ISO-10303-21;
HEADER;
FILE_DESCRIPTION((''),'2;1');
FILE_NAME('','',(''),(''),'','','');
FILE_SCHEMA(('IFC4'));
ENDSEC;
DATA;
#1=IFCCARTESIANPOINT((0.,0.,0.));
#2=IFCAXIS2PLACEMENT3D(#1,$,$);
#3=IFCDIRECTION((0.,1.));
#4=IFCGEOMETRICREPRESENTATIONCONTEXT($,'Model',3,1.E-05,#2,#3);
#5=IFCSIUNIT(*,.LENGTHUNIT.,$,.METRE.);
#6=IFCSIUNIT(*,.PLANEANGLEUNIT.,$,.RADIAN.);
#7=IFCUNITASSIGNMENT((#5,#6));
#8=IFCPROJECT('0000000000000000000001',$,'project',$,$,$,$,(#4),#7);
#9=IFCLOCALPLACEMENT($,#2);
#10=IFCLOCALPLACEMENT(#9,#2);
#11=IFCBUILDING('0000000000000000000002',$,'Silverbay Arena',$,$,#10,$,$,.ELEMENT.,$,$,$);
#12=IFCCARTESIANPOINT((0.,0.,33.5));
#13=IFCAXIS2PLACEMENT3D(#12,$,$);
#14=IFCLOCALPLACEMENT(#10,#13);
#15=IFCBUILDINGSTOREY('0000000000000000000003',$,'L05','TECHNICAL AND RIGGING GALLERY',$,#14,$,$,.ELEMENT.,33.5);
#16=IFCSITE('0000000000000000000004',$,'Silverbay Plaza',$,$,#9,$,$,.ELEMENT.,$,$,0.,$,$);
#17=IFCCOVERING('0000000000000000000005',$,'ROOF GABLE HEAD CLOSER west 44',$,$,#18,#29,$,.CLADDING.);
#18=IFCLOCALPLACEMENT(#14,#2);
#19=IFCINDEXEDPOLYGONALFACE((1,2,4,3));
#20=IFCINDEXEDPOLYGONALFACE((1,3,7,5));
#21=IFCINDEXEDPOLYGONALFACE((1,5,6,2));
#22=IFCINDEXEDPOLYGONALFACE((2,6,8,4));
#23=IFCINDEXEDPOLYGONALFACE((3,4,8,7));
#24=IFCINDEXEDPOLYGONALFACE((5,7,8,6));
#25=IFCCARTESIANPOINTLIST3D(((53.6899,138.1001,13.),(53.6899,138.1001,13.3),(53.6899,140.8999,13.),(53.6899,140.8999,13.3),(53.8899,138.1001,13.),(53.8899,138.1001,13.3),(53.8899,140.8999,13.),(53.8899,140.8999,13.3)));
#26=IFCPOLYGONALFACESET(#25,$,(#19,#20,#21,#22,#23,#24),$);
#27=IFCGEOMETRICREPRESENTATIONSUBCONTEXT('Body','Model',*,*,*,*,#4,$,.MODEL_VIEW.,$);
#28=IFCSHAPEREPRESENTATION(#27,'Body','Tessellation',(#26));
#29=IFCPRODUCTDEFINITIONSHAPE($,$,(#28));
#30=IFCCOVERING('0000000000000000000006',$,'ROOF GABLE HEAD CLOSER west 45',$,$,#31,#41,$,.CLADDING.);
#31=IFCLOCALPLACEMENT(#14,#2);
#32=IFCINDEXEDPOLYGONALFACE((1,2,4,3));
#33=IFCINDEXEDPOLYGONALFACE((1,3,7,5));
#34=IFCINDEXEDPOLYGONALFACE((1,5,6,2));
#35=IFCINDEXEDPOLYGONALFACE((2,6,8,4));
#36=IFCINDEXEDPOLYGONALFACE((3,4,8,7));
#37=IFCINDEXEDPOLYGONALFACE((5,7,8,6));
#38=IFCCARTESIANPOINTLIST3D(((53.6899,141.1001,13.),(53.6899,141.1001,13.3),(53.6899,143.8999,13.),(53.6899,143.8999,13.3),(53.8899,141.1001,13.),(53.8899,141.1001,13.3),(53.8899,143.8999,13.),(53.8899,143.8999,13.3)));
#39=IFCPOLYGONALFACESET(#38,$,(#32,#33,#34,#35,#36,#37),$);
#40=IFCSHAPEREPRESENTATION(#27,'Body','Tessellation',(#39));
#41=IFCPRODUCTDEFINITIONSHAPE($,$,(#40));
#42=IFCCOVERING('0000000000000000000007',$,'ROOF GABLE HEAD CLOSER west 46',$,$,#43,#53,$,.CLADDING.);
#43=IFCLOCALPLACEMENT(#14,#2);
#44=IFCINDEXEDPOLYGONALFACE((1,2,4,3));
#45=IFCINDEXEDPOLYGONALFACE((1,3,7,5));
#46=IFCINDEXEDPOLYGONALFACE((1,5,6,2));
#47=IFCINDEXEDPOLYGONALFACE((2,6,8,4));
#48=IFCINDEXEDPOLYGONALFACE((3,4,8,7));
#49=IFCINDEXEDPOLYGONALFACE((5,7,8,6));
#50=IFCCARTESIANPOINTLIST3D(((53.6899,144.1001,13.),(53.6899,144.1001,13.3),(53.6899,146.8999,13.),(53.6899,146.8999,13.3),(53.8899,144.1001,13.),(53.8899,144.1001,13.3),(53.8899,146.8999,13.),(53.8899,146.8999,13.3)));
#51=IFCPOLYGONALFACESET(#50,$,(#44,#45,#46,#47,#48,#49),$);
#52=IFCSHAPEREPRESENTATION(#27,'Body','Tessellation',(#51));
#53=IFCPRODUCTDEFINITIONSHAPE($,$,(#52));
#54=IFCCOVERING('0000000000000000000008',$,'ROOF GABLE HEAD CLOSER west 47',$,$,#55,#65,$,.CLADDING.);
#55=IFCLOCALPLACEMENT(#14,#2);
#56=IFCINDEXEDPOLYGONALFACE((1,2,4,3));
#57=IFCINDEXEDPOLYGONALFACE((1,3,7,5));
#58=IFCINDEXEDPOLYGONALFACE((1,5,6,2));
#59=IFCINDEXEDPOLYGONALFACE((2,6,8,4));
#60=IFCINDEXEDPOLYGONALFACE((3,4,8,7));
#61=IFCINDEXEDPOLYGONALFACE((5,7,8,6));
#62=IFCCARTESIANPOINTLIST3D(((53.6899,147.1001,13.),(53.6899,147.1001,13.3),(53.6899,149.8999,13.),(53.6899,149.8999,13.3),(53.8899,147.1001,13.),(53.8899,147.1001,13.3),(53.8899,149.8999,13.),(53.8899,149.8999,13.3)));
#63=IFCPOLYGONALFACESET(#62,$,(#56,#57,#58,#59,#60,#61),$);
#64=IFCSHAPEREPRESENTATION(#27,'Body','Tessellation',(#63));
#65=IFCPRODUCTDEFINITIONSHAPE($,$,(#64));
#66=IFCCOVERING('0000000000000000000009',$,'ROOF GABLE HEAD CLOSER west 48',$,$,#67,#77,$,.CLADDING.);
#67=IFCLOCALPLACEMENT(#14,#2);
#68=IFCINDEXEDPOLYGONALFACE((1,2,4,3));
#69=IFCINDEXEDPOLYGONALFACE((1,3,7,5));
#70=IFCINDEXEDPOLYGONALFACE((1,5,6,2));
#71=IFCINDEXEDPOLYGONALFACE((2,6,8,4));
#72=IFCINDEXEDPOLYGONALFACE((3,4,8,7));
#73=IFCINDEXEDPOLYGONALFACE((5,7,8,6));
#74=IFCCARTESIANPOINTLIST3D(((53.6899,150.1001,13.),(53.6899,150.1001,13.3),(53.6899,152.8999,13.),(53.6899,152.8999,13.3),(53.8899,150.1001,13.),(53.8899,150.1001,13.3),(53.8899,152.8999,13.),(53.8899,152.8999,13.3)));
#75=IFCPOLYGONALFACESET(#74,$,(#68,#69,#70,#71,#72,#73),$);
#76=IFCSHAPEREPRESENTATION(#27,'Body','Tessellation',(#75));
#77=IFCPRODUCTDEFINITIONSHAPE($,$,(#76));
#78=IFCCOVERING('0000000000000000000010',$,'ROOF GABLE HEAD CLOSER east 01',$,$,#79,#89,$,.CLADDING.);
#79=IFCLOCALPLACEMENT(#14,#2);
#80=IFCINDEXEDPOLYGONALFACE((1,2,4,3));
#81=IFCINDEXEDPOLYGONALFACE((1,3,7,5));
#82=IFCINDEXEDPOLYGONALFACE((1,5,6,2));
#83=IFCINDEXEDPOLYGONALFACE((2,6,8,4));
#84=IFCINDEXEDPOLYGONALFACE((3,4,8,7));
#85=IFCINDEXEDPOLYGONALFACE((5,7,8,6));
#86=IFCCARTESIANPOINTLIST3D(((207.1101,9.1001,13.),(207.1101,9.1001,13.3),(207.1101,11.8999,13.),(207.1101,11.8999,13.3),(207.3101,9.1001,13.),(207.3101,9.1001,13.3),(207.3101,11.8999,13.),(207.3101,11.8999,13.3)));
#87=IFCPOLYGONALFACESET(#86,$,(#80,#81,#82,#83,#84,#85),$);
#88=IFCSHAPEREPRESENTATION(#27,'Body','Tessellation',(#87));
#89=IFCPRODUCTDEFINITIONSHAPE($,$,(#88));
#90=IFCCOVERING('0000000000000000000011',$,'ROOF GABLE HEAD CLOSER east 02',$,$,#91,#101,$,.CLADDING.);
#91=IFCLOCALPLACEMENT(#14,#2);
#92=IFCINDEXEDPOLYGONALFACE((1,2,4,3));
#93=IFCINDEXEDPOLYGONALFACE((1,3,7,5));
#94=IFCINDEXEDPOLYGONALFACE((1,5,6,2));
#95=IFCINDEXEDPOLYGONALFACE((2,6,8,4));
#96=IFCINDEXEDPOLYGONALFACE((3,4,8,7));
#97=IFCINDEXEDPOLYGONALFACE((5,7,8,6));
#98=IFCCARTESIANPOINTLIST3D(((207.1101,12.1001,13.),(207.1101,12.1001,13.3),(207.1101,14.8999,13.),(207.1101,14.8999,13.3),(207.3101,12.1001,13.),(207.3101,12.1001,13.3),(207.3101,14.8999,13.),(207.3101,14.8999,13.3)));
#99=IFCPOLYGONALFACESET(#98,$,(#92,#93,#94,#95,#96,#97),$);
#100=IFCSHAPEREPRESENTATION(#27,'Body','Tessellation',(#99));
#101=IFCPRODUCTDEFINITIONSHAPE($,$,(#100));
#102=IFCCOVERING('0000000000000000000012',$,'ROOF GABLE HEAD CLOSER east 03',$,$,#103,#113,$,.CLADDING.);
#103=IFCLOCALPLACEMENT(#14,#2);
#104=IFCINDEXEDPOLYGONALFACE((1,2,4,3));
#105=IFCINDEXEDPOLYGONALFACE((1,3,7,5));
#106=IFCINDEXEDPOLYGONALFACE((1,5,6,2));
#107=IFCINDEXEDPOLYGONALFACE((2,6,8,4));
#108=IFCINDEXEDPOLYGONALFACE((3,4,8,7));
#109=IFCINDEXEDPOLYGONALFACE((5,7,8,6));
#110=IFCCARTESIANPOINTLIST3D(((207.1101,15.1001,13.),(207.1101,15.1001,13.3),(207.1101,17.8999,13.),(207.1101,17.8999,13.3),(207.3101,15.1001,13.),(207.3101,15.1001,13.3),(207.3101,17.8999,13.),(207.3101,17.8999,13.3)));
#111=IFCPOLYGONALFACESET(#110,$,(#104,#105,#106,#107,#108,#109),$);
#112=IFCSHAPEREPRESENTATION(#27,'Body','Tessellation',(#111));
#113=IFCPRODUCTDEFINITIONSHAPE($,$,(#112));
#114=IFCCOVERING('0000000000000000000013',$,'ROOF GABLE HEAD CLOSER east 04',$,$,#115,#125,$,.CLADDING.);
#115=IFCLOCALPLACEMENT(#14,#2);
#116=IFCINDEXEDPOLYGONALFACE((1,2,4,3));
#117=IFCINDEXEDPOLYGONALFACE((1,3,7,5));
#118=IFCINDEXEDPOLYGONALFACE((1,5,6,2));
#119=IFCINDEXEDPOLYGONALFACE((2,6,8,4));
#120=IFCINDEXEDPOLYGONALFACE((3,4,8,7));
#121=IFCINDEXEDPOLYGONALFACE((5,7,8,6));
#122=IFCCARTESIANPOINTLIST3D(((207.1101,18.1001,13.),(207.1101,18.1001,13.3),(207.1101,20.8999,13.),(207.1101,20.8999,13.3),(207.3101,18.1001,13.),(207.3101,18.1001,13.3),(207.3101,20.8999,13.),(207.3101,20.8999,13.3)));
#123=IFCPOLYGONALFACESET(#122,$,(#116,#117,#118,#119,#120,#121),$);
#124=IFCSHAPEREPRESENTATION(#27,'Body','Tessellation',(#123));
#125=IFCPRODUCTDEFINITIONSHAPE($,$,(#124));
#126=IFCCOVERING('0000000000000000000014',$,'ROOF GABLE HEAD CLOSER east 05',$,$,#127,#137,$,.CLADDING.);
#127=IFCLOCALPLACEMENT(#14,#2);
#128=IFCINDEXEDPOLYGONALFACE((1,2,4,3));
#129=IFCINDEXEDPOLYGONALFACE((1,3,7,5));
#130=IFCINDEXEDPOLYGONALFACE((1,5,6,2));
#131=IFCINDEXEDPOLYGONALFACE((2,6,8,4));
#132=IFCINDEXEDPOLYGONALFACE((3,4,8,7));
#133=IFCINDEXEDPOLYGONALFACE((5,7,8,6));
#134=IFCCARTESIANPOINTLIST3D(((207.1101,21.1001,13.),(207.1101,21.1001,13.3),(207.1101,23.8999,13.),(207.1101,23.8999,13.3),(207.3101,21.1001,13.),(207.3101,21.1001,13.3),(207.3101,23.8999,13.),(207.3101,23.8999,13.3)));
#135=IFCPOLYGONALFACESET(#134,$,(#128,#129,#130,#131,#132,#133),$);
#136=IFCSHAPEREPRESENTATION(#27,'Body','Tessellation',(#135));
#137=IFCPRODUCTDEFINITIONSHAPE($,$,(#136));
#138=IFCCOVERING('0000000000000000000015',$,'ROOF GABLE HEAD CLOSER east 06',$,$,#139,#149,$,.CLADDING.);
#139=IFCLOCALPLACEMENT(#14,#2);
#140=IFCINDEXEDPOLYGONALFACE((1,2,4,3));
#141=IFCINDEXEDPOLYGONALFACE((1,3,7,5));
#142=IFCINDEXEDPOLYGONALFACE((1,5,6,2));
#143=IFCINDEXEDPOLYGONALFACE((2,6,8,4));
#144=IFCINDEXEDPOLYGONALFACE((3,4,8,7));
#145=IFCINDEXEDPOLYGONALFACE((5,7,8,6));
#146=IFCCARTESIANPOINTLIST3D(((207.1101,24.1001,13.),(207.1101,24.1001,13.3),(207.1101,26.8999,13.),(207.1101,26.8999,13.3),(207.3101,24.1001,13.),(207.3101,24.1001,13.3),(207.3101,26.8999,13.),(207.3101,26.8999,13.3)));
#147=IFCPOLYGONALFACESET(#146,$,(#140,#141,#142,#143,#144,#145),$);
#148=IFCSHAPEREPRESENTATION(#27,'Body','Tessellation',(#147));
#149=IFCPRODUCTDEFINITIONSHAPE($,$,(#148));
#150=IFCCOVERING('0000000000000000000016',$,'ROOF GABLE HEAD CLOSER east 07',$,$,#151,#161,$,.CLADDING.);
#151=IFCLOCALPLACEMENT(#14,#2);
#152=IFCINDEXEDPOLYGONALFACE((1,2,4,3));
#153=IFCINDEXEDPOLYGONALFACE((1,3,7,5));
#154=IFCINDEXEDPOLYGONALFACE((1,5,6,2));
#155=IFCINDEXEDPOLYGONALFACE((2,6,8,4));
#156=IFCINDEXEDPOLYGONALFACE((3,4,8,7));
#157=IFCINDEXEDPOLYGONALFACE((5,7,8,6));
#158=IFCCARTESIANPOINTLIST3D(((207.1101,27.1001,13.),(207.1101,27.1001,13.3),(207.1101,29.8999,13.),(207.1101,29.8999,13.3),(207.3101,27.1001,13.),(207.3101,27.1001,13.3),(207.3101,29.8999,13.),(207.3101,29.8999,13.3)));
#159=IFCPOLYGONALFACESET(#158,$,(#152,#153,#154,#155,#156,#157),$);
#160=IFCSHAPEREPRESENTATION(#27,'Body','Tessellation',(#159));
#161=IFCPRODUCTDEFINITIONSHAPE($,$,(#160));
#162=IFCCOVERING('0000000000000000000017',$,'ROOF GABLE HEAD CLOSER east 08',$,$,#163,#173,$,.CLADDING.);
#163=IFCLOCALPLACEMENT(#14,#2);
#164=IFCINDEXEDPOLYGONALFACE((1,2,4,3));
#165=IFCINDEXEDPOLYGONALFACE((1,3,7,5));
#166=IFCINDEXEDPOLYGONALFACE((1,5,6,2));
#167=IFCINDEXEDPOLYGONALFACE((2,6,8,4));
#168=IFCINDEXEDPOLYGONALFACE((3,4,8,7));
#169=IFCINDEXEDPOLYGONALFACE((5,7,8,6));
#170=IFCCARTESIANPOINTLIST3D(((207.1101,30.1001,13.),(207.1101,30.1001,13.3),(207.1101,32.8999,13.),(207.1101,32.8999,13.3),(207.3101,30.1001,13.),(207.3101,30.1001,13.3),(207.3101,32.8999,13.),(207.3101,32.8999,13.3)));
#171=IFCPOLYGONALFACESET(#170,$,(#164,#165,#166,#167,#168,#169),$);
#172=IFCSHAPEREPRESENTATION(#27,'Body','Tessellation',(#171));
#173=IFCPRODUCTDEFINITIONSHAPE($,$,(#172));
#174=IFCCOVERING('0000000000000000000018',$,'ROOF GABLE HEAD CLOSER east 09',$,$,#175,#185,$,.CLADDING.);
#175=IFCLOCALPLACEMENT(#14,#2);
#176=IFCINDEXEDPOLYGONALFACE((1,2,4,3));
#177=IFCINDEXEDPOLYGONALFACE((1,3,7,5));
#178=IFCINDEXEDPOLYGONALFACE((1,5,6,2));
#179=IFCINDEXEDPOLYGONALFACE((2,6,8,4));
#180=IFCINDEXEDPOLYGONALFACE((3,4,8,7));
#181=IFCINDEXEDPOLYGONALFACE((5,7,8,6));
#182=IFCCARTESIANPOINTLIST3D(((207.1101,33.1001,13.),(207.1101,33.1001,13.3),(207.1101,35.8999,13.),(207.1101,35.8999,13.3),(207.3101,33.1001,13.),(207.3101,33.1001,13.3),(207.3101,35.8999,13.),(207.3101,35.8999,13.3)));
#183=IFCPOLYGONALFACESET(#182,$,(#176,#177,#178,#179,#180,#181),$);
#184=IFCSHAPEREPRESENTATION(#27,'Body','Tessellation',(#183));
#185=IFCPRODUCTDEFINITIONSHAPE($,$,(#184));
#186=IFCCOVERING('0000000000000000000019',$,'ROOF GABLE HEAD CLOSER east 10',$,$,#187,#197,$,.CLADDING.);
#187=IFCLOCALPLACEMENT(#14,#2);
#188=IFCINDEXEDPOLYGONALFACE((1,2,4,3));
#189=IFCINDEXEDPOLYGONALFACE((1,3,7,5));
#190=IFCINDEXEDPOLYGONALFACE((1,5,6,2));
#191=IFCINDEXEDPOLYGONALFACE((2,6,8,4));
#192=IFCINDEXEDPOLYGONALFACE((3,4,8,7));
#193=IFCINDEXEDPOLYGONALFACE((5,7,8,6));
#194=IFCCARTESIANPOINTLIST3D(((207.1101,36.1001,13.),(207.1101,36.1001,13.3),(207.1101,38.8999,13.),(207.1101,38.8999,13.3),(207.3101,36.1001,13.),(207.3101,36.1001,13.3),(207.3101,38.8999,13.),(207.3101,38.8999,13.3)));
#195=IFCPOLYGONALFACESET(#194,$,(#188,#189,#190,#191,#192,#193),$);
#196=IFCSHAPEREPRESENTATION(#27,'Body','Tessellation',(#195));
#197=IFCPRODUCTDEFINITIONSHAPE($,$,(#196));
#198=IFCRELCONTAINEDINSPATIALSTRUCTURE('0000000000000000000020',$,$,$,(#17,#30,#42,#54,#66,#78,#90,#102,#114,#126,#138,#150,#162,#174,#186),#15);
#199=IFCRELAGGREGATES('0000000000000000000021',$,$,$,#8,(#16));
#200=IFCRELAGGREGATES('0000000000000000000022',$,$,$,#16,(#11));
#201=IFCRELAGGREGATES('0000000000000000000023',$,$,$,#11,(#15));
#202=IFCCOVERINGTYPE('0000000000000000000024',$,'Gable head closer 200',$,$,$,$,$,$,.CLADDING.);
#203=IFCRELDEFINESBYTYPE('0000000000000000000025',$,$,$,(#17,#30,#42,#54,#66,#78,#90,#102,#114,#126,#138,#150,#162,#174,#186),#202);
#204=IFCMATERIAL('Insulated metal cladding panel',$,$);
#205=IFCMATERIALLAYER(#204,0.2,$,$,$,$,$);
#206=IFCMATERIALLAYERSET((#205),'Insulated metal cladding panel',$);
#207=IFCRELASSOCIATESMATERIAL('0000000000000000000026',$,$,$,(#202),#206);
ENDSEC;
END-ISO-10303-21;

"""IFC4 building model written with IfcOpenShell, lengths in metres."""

from ifc_helpers import new_model, si_unit, direction, frame, origin, place, context, subcontext, project, spatial, polyline, outline, extrude, material, layer, layer_set, type_object, element, save


model = new_model("IFC4")

# Units and contexts
model_context = context("Model", 3, precision=1e-05, world=origin(), true_north=direction((0.0, 1.0)))
body_context = subcontext(model_context, "Body", "Model", "MODEL_VIEW")
ifc_project = project(units=[si_unit("LENGTHUNIT", "METRE"), si_unit("PLANEANGLEUNIT", "RADIAN")], contexts=[model_context])

# Site, building, storey
site_placement = place(None, origin())
site = spatial("IfcSite", under=ifc_project, at=site_placement, Name="Silverbay Plaza", CompositionType="ELEMENT", RefElevation=0.0)
building_placement = place(site_placement, origin())
building = spatial("IfcBuilding", under=site, at=building_placement, Name="Silverbay Arena", CompositionType="ELEMENT")
storey_placement = place(building_placement, frame((0.0, 0.0, 33.5)))
storey = spatial("IfcBuildingStorey", under=building, at=storey_placement, Name="L05", Description="TECHNICAL AND RIGGING GALLERY", CompositionType="ELEMENT", Elevation=33.5)

# Coverings
ifc_material = material(Name="Insulated metal cladding panel")
ifc_layer = layer(ifc_material, 0.2)
ifc_layer_set = layer_set([ifc_layer], Name="Insulated metal cladding panel")
covering_type = type_object("IfcCoveringType", Name="Gable head closer 200", PredefinedType="CLADDING", material=ifc_layer_set)
covering_1_placement = place(storey_placement, frame((0.0, 0.0, 13.0)))
element("IfcCovering", 1, at=covering_1_placement, inside=storey, type_object=covering_type, Name="ROOF GABLE HEAD CLOSER west 44", PredefinedType="CLADDING", context=body_context, shape_type="SweptSolid", body=[
    extrude(outline(polyline([(53.6899, 138.1001), (53.8899, 138.1001), (53.8899, 140.8999), (53.6899, 140.8999), (53.6899, 138.1001)])), origin(), (0.0, 0.0, 1.0), 0.3),
])
covering_2_placement = place(storey_placement, frame((0.0, 0.0, 13.0)))
element("IfcCovering", 2, at=covering_2_placement, inside=storey, type_object=covering_type, Name="ROOF GABLE HEAD CLOSER west 45", PredefinedType="CLADDING", context=body_context, shape_type="SweptSolid", body=[
    extrude(outline(polyline([(53.6899, 141.1001), (53.8899, 141.1001), (53.8899, 143.8999), (53.6899, 143.8999), (53.6899, 141.1001)])), origin(), (0.0, 0.0, 1.0), 0.3),
])
covering_3_placement = place(storey_placement, frame((0.0, 0.0, 13.0)))
element("IfcCovering", 3, at=covering_3_placement, inside=storey, type_object=covering_type, Name="ROOF GABLE HEAD CLOSER west 46", PredefinedType="CLADDING", context=body_context, shape_type="SweptSolid", body=[
    extrude(outline(polyline([(53.6899, 144.1001), (53.8899, 144.1001), (53.8899, 146.8999), (53.6899, 146.8999), (53.6899, 144.1001)])), origin(), (0.0, 0.0, 1.0), 0.3),
])
covering_4_placement = place(storey_placement, frame((0.0, 0.0, 13.0)))
element("IfcCovering", 4, at=covering_4_placement, inside=storey, type_object=covering_type, Name="ROOF GABLE HEAD CLOSER west 47", PredefinedType="CLADDING", context=body_context, shape_type="SweptSolid", body=[
    extrude(outline(polyline([(53.6899, 147.1001), (53.8899, 147.1001), (53.8899, 149.8999), (53.6899, 149.8999), (53.6899, 147.1001)])), origin(), (0.0, 0.0, 1.0), 0.3),
])
covering_5_placement = place(storey_placement, frame((0.0, 0.0, 13.0)))
element("IfcCovering", 5, at=covering_5_placement, inside=storey, type_object=covering_type, Name="ROOF GABLE HEAD CLOSER west 48", PredefinedType="CLADDING", context=body_context, shape_type="SweptSolid", body=[
    extrude(outline(polyline([(53.6899, 150.1001), (53.8899, 150.1001), (53.8899, 152.8999), (53.6899, 152.8999), (53.6899, 150.1001)])), origin(), (0.0, 0.0, 1.0), 0.3),
])
covering_6_placement = place(storey_placement, frame((0.0, 0.0, 13.0)))
element("IfcCovering", 6, at=covering_6_placement, inside=storey, type_object=covering_type, Name="ROOF GABLE HEAD CLOSER east 01", PredefinedType="CLADDING", context=body_context, shape_type="SweptSolid", body=[
    extrude(outline(polyline([(207.1101, 9.1001), (207.3101, 9.1001), (207.3101, 11.8999), (207.1101, 11.8999), (207.1101, 9.1001)])), origin(), (0.0, 0.0, 1.0), 0.3),
])
covering_7_placement = place(storey_placement, frame((0.0, 0.0, 13.0)))
element("IfcCovering", 7, at=covering_7_placement, inside=storey, type_object=covering_type, Name="ROOF GABLE HEAD CLOSER east 02", PredefinedType="CLADDING", context=body_context, shape_type="SweptSolid", body=[
    extrude(outline(polyline([(207.1101, 12.1001), (207.3101, 12.1001), (207.3101, 14.8999), (207.1101, 14.8999), (207.1101, 12.1001)])), origin(), (0.0, 0.0, 1.0), 0.3),
])
covering_8_placement = place(storey_placement, frame((0.0, 0.0, 13.0)))
element("IfcCovering", 8, at=covering_8_placement, inside=storey, type_object=covering_type, Name="ROOF GABLE HEAD CLOSER east 03", PredefinedType="CLADDING", context=body_context, shape_type="SweptSolid", body=[
    extrude(outline(polyline([(207.1101, 15.1001), (207.3101, 15.1001), (207.3101, 17.8999), (207.1101, 17.8999), (207.1101, 15.1001)])), origin(), (0.0, 0.0, 1.0), 0.3),
])
covering_9_placement = place(storey_placement, frame((0.0, 0.0, 13.0)))
element("IfcCovering", 9, at=covering_9_placement, inside=storey, type_object=covering_type, Name="ROOF GABLE HEAD CLOSER east 04", PredefinedType="CLADDING", context=body_context, shape_type="SweptSolid", body=[
    extrude(outline(polyline([(207.1101, 18.1001), (207.3101, 18.1001), (207.3101, 20.8999), (207.1101, 20.8999), (207.1101, 18.1001)])), origin(), (0.0, 0.0, 1.0), 0.3),
])
covering_10_placement = place(storey_placement, frame((0.0, 0.0, 13.0)))
element("IfcCovering", 10, at=covering_10_placement, inside=storey, type_object=covering_type, Name="ROOF GABLE HEAD CLOSER east 05", PredefinedType="CLADDING", context=body_context, shape_type="SweptSolid", body=[
    extrude(outline(polyline([(207.1101, 21.1001), (207.3101, 21.1001), (207.3101, 23.8999), (207.1101, 23.8999), (207.1101, 21.1001)])), origin(), (0.0, 0.0, 1.0), 0.3),
])
covering_11_placement = place(storey_placement, frame((0.0, 0.0, 13.0)))
element("IfcCovering", 11, at=covering_11_placement, inside=storey, type_object=covering_type, Name="ROOF GABLE HEAD CLOSER east 06", PredefinedType="CLADDING", context=body_context, shape_type="SweptSolid", body=[
    extrude(outline(polyline([(207.1101, 24.1001), (207.3101, 24.1001), (207.3101, 26.8999), (207.1101, 26.8999), (207.1101, 24.1001)])), origin(), (0.0, 0.0, 1.0), 0.3),
])
covering_12_placement = place(storey_placement, frame((0.0, 0.0, 13.0)))
element("IfcCovering", 12, at=covering_12_placement, inside=storey, type_object=covering_type, Name="ROOF GABLE HEAD CLOSER east 07", PredefinedType="CLADDING", context=body_context, shape_type="SweptSolid", body=[
    extrude(outline(polyline([(207.1101, 27.1001), (207.3101, 27.1001), (207.3101, 29.8999), (207.1101, 29.8999), (207.1101, 27.1001)])), origin(), (0.0, 0.0, 1.0), 0.3),
])
covering_13_placement = place(storey_placement, frame((0.0, 0.0, 13.0)))
element("IfcCovering", 13, at=covering_13_placement, inside=storey, type_object=covering_type, Name="ROOF GABLE HEAD CLOSER east 08", PredefinedType="CLADDING", context=body_context, shape_type="SweptSolid", body=[
    extrude(outline(polyline([(207.1101, 30.1001), (207.3101, 30.1001), (207.3101, 32.8999), (207.1101, 32.8999), (207.1101, 30.1001)])), origin(), (0.0, 0.0, 1.0), 0.3),
])
covering_14_placement = place(storey_placement, frame((0.0, 0.0, 13.0)))
element("IfcCovering", 14, at=covering_14_placement, inside=storey, type_object=covering_type, Name="ROOF GABLE HEAD CLOSER east 09", PredefinedType="CLADDING", context=body_context, shape_type="SweptSolid", body=[
    extrude(outline(polyline([(207.1101, 33.1001), (207.3101, 33.1001), (207.3101, 35.8999), (207.1101, 35.8999), (207.1101, 33.1001)])), origin(), (0.0, 0.0, 1.0), 0.3),
])
covering_15_placement = place(storey_placement, frame((0.0, 0.0, 13.0)))
element("IfcCovering", 15, at=covering_15_placement, inside=storey, type_object=covering_type, Name="ROOF GABLE HEAD CLOSER east 10", PredefinedType="CLADDING", context=body_context, shape_type="SweptSolid", body=[
    extrude(outline(polyline([(207.1101, 36.1001), (207.3101, 36.1001), (207.3101, 38.8999), (207.1101, 38.8999), (207.1101, 36.1001)])), origin(), (0.0, 0.0, 1.0), 0.3),
])

save(model, "model.ifc")
